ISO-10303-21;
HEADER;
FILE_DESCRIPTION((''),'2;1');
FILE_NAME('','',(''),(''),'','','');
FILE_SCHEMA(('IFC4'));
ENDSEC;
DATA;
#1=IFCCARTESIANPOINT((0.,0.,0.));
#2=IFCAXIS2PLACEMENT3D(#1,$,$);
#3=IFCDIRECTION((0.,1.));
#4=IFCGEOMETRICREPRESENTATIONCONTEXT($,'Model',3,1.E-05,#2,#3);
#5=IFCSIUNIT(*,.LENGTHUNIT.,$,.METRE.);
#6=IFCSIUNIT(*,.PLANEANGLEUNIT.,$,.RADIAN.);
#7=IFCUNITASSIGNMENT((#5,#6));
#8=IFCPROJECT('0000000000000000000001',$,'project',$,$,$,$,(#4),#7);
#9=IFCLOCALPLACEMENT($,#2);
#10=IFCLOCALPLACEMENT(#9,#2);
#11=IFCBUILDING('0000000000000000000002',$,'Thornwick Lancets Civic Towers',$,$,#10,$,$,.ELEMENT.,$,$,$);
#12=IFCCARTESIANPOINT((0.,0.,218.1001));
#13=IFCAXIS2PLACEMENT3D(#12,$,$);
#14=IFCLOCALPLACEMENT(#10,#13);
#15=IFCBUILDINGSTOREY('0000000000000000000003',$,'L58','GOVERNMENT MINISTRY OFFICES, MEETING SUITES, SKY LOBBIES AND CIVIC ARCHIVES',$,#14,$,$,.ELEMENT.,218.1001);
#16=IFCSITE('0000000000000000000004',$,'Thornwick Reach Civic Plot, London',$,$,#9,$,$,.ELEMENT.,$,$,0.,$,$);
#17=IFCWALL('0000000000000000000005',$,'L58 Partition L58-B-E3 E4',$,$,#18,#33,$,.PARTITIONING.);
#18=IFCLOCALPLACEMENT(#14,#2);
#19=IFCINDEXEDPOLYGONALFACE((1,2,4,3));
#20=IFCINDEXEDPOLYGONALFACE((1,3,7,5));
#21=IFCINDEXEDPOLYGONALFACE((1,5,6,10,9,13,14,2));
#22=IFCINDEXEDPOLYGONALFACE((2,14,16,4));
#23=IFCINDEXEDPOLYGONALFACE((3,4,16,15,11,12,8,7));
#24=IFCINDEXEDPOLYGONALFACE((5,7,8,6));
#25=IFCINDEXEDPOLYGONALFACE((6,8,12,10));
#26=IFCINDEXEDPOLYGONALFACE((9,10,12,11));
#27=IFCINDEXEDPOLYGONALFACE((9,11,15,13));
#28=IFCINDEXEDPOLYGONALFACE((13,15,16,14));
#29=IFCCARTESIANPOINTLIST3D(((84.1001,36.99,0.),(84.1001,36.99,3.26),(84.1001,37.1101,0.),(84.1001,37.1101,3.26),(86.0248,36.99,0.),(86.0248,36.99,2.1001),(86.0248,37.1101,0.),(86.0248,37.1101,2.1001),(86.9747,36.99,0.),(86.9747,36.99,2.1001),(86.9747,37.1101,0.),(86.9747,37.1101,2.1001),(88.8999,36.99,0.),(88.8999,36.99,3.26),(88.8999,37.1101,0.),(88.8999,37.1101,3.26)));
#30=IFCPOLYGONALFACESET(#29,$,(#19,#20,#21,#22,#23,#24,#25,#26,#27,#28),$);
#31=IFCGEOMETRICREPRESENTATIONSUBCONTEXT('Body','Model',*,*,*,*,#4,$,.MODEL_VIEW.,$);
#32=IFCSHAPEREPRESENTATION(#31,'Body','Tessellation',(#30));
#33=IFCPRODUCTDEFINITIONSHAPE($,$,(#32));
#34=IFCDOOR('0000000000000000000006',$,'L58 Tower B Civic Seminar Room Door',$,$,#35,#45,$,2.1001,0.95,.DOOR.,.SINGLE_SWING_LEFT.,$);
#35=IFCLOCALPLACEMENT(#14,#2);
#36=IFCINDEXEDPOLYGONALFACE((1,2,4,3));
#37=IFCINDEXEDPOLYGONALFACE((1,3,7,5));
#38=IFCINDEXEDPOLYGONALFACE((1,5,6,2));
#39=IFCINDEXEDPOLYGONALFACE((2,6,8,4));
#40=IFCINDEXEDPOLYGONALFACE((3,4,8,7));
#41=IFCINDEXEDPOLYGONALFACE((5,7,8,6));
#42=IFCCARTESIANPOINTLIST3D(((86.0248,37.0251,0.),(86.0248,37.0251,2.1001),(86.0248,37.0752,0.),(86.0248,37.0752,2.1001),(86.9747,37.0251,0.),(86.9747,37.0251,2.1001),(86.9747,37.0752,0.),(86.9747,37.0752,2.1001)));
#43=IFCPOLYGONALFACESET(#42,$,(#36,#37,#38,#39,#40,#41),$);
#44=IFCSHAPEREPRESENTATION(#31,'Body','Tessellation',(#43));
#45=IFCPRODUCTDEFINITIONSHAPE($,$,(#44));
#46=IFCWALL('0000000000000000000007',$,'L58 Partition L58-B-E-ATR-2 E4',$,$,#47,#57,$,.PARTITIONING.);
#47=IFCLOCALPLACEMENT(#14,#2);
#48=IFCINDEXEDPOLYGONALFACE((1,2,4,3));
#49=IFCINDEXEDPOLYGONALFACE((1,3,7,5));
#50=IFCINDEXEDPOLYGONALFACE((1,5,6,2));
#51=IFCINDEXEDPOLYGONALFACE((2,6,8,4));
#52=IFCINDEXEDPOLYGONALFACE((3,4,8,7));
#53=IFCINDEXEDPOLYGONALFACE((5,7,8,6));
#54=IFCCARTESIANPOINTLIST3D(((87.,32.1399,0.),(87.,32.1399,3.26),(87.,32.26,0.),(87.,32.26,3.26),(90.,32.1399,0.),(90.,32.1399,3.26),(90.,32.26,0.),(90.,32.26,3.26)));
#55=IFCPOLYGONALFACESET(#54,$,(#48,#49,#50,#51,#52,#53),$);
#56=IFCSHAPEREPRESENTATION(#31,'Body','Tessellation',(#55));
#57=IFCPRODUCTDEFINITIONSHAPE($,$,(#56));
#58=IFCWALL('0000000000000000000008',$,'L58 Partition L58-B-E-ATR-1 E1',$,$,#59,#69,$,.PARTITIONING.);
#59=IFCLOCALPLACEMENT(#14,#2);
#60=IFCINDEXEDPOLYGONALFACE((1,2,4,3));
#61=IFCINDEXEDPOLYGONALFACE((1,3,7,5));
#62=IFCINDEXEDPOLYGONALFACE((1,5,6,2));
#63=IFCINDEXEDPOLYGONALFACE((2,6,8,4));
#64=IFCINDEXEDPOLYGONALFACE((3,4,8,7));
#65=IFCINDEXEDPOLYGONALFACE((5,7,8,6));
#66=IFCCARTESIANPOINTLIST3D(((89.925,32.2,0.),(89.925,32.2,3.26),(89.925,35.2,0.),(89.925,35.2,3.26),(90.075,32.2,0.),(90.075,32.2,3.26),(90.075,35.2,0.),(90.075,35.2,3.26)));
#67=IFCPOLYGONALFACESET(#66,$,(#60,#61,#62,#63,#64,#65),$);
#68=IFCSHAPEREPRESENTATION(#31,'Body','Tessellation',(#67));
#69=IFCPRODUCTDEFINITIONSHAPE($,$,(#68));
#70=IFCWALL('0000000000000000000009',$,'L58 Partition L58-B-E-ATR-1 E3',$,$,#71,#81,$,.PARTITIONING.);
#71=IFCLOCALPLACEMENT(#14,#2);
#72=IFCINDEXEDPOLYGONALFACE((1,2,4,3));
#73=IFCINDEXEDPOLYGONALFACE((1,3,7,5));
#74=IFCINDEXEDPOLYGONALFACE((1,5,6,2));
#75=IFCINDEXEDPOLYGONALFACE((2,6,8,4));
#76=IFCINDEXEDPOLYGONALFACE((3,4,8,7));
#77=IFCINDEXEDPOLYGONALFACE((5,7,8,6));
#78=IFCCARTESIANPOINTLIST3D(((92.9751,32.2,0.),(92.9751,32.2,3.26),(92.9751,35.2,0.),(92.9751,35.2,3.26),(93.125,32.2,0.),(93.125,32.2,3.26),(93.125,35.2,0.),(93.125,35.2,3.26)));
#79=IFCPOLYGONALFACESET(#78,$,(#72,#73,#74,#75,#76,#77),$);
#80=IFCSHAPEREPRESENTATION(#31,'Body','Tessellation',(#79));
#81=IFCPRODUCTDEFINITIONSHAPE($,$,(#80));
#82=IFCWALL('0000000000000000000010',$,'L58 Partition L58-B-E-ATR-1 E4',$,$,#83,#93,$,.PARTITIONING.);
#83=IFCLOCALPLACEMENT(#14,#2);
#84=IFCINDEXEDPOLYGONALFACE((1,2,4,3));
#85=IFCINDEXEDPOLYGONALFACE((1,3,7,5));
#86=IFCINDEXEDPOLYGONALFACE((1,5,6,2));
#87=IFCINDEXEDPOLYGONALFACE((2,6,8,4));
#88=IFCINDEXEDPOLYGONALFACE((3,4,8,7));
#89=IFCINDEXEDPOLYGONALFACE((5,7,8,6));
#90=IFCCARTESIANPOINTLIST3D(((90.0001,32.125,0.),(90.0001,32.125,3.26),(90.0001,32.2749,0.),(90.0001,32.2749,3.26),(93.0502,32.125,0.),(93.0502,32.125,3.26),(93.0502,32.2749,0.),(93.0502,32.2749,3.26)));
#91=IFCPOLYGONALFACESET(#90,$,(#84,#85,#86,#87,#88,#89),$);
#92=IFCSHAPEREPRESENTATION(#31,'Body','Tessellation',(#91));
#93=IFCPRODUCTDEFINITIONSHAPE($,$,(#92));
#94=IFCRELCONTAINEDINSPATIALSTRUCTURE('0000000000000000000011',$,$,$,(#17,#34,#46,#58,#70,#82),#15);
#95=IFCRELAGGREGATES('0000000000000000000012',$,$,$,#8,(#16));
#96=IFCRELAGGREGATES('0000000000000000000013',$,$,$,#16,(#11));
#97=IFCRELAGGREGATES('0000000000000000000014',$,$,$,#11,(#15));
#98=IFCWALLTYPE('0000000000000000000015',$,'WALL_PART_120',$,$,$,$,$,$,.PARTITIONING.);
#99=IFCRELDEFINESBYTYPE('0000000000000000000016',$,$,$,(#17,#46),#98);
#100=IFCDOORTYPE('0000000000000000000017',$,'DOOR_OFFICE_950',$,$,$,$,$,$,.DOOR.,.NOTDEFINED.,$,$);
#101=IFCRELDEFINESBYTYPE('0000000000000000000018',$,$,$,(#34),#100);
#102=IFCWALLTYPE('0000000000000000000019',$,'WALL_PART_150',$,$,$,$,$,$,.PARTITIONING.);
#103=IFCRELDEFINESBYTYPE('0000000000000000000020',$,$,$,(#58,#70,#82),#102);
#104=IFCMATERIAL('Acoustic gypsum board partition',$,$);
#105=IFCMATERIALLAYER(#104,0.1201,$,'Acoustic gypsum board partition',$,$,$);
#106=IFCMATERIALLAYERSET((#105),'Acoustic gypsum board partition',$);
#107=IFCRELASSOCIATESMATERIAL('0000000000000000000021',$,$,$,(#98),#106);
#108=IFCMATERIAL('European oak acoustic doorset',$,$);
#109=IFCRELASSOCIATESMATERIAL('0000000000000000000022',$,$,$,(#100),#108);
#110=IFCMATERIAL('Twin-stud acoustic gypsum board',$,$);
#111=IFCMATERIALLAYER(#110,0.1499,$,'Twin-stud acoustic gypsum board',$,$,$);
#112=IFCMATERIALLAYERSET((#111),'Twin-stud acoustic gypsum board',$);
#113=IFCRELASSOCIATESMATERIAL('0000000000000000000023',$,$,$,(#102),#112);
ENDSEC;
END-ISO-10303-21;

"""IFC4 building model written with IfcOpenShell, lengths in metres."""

from ifc_helpers import new_model, si_unit, direction, frame, frame_2d, origin, place, context, subcontext, project, spatial, rectangle, extrude, material, layer, layer_set, type_object, element, fill, save


model = new_model("IFC4")

# Units and contexts
model_context = context("Model", 3, precision=1e-05, world=origin(), true_north=direction((0.0, 1.0)))
body_context = subcontext(model_context, "Body", "Model", "MODEL_VIEW")
ifc_project = project(units=[si_unit("LENGTHUNIT", "METRE"), si_unit("PLANEANGLEUNIT", "RADIAN")], contexts=[model_context])

# Site, building, storey
site_placement = place(None, origin())
site = spatial("IfcSite", under=ifc_project, at=site_placement, Name="Thornwick Reach Civic Plot, London", CompositionType="ELEMENT", RefElevation=0.0)
building_placement = place(site_placement, origin())
building = spatial("IfcBuilding", under=site, at=building_placement, Name="Thornwick Lancets Civic Towers", CompositionType="ELEMENT")
storey_placement = place(building_placement, frame((0.0, 0.0, 218.1001)))
storey = spatial("IfcBuildingStorey", under=building, at=storey_placement, Name="L58", Description="GOVERNMENT MINISTRY OFFICES, MEETING SUITES, SKY LOBBIES AND CIVIC ARCHIVES", CompositionType="ELEMENT", Elevation=218.1001)

# Shared definitions
ifc_material_1 = material(Name="Acoustic gypsum board partition")
ifc_layer_1 = layer(ifc_material_1, 0.1201, Name="Acoustic gypsum board partition")
ifc_layer_set_1 = layer_set([ifc_layer_1], Name="Acoustic gypsum board partition")
wall_type_1 = type_object("IfcWallType", Name="WALL_PART_120", PredefinedType="PARTITIONING", material=ifc_layer_set_1)

# Wall, opening, door
ifc_material_2 = material(Name="European oak acoustic doorset")
door_type_1 = type_object("IfcDoorType", Name="DOOR_OFFICE_950", OperationType="NOTDEFINED", PredefinedType="DOOR", material=ifc_material_2)
wall_1_placement = place(storey_placement, frame((88.8999, 37.05, 0.0), z_axis=(0.0, 0.0, 1.0), x_axis=(-1.0, 0.0, 0.0)))
wall_1 = element("IfcWall", 1, at=wall_1_placement, inside=storey, type_object=wall_type_1, Name="L58 Partition L58-B-E3 E4", PredefinedType="PARTITIONING", context=body_context, shape_type="SweptSolid", body=[
    extrude(rectangle(XDim=4.7998, YDim=0.1201, at=frame_2d((2.3999, 0.0))), origin(), (0.0, 0.0, 1.0), 3.26),
])
opening_1_placement = place(wall_1_placement, frame((1.925, 0.0, 0.0)))
opening_1 = element("IfcOpeningElement", 2, at=opening_1_placement, cuts=wall_1, PredefinedType="OPENING", context=body_context, shape_type="SweptSolid", body=[
    extrude(rectangle(XDim=0.95, YDim=2.1001, at=frame_2d((0.4751, 1.05))), frame((0.0, 0.0701, 0.0), z_axis=(0.0, -1.0, 0.0), x_axis=(1.0, 0.0, 0.0)), (0.0, 0.0, 1.0), 0.1401),
])
door_1_placement = place(opening_1_placement, origin())
door_1 = element("IfcDoor", 3, at=door_1_placement, inside=storey, type_object=door_type_1, Name="L58 Tower B Civic Seminar Room Door", OperationType="SINGLE_SWING_LEFT", OverallHeight=2.1001, OverallWidth=0.95, PredefinedType="DOOR", context=body_context, shape_type="SweptSolid", body=[
    extrude(rectangle(XDim=0.95, YDim=2.1001, at=frame_2d((0.4751, 1.05))), frame((0.0, 0.0249, 0.0), z_axis=(0.0, -1.0, 0.0), x_axis=(1.0, 0.0, 0.0)), (0.0, 0.0, 1.0), 0.05),
])
fill(opening_1, door_1)

# Walls
wall_2_placement = place(storey_placement, frame((90.0, 32.2, 0.0), z_axis=(0.0, 0.0, 1.0), x_axis=(-1.0, 0.0, 0.0)))
element("IfcWall", 4, at=wall_2_placement, inside=storey, type_object=wall_type_1, Name="L58 Partition L58-B-E-ATR-2 E4", PredefinedType="PARTITIONING", context=body_context, shape_type="SweptSolid", body=[
    extrude(rectangle(XDim=3.0, YDim=0.1201, at=frame_2d((1.5, 0.0))), origin(), (0.0, 0.0, 1.0), 3.26),
])
ifc_material_3 = material(Name="Twin-stud acoustic gypsum board")
ifc_layer_2 = layer(ifc_material_3, 0.1499, Name="Twin-stud acoustic gypsum board")
ifc_layer_set_2 = layer_set([ifc_layer_2], Name="Twin-stud acoustic gypsum board")
wall_type_2 = type_object("IfcWallType", Name="WALL_PART_150", PredefinedType="PARTITIONING", material=ifc_layer_set_2)
wall_3_placement = place(storey_placement, frame((90.0, 32.2, 0.0), z_axis=(0.0, 0.0, 1.0), x_axis=(0.0, 1.0, 0.0)))
element("IfcWall", 5, at=wall_3_placement, inside=storey, type_object=wall_type_2, Name="L58 Partition L58-B-E-ATR-1 E1", PredefinedType="PARTITIONING", context=body_context, shape_type="SweptSolid", body=[
    extrude(rectangle(XDim=3.0, YDim=0.1499, at=frame_2d((1.5, 0.0))), origin(), (0.0, 0.0, 1.0), 3.26),
])

# Walls
wall_4_placement = place(storey_placement, frame((93.05, 35.2, 0.0), z_axis=(0.0, 0.0, 1.0), x_axis=(0.0, -1.0, 0.0)))
element("IfcWall", 6, at=wall_4_placement, inside=storey, type_object=wall_type_2, Name="L58 Partition L58-B-E-ATR-1 E3", PredefinedType="PARTITIONING", context=body_context, shape_type="SweptSolid", body=[
    extrude(rectangle(XDim=3.0, YDim=0.1499, at=frame_2d((1.5, 0.0))), origin(), (0.0, 0.0, 1.0), 3.26),
])
wall_5_placement = place(storey_placement, frame((93.05, 32.2, 0.0), z_axis=(0.0, 0.0, 1.0), x_axis=(-1.0, 0.0, 0.0)))
element("IfcWall", 7, at=wall_5_placement, inside=storey, type_object=wall_type_2, Name="L58 Partition L58-B-E-ATR-1 E4", PredefinedType="PARTITIONING", context=body_context, shape_type="SweptSolid", body=[
    extrude(rectangle(XDim=3.05, YDim=0.1499, at=frame_2d((1.5249, 0.0))), origin(), (0.0, 0.0, 1.0), 3.26),
])

save(model, "model.ifc")
